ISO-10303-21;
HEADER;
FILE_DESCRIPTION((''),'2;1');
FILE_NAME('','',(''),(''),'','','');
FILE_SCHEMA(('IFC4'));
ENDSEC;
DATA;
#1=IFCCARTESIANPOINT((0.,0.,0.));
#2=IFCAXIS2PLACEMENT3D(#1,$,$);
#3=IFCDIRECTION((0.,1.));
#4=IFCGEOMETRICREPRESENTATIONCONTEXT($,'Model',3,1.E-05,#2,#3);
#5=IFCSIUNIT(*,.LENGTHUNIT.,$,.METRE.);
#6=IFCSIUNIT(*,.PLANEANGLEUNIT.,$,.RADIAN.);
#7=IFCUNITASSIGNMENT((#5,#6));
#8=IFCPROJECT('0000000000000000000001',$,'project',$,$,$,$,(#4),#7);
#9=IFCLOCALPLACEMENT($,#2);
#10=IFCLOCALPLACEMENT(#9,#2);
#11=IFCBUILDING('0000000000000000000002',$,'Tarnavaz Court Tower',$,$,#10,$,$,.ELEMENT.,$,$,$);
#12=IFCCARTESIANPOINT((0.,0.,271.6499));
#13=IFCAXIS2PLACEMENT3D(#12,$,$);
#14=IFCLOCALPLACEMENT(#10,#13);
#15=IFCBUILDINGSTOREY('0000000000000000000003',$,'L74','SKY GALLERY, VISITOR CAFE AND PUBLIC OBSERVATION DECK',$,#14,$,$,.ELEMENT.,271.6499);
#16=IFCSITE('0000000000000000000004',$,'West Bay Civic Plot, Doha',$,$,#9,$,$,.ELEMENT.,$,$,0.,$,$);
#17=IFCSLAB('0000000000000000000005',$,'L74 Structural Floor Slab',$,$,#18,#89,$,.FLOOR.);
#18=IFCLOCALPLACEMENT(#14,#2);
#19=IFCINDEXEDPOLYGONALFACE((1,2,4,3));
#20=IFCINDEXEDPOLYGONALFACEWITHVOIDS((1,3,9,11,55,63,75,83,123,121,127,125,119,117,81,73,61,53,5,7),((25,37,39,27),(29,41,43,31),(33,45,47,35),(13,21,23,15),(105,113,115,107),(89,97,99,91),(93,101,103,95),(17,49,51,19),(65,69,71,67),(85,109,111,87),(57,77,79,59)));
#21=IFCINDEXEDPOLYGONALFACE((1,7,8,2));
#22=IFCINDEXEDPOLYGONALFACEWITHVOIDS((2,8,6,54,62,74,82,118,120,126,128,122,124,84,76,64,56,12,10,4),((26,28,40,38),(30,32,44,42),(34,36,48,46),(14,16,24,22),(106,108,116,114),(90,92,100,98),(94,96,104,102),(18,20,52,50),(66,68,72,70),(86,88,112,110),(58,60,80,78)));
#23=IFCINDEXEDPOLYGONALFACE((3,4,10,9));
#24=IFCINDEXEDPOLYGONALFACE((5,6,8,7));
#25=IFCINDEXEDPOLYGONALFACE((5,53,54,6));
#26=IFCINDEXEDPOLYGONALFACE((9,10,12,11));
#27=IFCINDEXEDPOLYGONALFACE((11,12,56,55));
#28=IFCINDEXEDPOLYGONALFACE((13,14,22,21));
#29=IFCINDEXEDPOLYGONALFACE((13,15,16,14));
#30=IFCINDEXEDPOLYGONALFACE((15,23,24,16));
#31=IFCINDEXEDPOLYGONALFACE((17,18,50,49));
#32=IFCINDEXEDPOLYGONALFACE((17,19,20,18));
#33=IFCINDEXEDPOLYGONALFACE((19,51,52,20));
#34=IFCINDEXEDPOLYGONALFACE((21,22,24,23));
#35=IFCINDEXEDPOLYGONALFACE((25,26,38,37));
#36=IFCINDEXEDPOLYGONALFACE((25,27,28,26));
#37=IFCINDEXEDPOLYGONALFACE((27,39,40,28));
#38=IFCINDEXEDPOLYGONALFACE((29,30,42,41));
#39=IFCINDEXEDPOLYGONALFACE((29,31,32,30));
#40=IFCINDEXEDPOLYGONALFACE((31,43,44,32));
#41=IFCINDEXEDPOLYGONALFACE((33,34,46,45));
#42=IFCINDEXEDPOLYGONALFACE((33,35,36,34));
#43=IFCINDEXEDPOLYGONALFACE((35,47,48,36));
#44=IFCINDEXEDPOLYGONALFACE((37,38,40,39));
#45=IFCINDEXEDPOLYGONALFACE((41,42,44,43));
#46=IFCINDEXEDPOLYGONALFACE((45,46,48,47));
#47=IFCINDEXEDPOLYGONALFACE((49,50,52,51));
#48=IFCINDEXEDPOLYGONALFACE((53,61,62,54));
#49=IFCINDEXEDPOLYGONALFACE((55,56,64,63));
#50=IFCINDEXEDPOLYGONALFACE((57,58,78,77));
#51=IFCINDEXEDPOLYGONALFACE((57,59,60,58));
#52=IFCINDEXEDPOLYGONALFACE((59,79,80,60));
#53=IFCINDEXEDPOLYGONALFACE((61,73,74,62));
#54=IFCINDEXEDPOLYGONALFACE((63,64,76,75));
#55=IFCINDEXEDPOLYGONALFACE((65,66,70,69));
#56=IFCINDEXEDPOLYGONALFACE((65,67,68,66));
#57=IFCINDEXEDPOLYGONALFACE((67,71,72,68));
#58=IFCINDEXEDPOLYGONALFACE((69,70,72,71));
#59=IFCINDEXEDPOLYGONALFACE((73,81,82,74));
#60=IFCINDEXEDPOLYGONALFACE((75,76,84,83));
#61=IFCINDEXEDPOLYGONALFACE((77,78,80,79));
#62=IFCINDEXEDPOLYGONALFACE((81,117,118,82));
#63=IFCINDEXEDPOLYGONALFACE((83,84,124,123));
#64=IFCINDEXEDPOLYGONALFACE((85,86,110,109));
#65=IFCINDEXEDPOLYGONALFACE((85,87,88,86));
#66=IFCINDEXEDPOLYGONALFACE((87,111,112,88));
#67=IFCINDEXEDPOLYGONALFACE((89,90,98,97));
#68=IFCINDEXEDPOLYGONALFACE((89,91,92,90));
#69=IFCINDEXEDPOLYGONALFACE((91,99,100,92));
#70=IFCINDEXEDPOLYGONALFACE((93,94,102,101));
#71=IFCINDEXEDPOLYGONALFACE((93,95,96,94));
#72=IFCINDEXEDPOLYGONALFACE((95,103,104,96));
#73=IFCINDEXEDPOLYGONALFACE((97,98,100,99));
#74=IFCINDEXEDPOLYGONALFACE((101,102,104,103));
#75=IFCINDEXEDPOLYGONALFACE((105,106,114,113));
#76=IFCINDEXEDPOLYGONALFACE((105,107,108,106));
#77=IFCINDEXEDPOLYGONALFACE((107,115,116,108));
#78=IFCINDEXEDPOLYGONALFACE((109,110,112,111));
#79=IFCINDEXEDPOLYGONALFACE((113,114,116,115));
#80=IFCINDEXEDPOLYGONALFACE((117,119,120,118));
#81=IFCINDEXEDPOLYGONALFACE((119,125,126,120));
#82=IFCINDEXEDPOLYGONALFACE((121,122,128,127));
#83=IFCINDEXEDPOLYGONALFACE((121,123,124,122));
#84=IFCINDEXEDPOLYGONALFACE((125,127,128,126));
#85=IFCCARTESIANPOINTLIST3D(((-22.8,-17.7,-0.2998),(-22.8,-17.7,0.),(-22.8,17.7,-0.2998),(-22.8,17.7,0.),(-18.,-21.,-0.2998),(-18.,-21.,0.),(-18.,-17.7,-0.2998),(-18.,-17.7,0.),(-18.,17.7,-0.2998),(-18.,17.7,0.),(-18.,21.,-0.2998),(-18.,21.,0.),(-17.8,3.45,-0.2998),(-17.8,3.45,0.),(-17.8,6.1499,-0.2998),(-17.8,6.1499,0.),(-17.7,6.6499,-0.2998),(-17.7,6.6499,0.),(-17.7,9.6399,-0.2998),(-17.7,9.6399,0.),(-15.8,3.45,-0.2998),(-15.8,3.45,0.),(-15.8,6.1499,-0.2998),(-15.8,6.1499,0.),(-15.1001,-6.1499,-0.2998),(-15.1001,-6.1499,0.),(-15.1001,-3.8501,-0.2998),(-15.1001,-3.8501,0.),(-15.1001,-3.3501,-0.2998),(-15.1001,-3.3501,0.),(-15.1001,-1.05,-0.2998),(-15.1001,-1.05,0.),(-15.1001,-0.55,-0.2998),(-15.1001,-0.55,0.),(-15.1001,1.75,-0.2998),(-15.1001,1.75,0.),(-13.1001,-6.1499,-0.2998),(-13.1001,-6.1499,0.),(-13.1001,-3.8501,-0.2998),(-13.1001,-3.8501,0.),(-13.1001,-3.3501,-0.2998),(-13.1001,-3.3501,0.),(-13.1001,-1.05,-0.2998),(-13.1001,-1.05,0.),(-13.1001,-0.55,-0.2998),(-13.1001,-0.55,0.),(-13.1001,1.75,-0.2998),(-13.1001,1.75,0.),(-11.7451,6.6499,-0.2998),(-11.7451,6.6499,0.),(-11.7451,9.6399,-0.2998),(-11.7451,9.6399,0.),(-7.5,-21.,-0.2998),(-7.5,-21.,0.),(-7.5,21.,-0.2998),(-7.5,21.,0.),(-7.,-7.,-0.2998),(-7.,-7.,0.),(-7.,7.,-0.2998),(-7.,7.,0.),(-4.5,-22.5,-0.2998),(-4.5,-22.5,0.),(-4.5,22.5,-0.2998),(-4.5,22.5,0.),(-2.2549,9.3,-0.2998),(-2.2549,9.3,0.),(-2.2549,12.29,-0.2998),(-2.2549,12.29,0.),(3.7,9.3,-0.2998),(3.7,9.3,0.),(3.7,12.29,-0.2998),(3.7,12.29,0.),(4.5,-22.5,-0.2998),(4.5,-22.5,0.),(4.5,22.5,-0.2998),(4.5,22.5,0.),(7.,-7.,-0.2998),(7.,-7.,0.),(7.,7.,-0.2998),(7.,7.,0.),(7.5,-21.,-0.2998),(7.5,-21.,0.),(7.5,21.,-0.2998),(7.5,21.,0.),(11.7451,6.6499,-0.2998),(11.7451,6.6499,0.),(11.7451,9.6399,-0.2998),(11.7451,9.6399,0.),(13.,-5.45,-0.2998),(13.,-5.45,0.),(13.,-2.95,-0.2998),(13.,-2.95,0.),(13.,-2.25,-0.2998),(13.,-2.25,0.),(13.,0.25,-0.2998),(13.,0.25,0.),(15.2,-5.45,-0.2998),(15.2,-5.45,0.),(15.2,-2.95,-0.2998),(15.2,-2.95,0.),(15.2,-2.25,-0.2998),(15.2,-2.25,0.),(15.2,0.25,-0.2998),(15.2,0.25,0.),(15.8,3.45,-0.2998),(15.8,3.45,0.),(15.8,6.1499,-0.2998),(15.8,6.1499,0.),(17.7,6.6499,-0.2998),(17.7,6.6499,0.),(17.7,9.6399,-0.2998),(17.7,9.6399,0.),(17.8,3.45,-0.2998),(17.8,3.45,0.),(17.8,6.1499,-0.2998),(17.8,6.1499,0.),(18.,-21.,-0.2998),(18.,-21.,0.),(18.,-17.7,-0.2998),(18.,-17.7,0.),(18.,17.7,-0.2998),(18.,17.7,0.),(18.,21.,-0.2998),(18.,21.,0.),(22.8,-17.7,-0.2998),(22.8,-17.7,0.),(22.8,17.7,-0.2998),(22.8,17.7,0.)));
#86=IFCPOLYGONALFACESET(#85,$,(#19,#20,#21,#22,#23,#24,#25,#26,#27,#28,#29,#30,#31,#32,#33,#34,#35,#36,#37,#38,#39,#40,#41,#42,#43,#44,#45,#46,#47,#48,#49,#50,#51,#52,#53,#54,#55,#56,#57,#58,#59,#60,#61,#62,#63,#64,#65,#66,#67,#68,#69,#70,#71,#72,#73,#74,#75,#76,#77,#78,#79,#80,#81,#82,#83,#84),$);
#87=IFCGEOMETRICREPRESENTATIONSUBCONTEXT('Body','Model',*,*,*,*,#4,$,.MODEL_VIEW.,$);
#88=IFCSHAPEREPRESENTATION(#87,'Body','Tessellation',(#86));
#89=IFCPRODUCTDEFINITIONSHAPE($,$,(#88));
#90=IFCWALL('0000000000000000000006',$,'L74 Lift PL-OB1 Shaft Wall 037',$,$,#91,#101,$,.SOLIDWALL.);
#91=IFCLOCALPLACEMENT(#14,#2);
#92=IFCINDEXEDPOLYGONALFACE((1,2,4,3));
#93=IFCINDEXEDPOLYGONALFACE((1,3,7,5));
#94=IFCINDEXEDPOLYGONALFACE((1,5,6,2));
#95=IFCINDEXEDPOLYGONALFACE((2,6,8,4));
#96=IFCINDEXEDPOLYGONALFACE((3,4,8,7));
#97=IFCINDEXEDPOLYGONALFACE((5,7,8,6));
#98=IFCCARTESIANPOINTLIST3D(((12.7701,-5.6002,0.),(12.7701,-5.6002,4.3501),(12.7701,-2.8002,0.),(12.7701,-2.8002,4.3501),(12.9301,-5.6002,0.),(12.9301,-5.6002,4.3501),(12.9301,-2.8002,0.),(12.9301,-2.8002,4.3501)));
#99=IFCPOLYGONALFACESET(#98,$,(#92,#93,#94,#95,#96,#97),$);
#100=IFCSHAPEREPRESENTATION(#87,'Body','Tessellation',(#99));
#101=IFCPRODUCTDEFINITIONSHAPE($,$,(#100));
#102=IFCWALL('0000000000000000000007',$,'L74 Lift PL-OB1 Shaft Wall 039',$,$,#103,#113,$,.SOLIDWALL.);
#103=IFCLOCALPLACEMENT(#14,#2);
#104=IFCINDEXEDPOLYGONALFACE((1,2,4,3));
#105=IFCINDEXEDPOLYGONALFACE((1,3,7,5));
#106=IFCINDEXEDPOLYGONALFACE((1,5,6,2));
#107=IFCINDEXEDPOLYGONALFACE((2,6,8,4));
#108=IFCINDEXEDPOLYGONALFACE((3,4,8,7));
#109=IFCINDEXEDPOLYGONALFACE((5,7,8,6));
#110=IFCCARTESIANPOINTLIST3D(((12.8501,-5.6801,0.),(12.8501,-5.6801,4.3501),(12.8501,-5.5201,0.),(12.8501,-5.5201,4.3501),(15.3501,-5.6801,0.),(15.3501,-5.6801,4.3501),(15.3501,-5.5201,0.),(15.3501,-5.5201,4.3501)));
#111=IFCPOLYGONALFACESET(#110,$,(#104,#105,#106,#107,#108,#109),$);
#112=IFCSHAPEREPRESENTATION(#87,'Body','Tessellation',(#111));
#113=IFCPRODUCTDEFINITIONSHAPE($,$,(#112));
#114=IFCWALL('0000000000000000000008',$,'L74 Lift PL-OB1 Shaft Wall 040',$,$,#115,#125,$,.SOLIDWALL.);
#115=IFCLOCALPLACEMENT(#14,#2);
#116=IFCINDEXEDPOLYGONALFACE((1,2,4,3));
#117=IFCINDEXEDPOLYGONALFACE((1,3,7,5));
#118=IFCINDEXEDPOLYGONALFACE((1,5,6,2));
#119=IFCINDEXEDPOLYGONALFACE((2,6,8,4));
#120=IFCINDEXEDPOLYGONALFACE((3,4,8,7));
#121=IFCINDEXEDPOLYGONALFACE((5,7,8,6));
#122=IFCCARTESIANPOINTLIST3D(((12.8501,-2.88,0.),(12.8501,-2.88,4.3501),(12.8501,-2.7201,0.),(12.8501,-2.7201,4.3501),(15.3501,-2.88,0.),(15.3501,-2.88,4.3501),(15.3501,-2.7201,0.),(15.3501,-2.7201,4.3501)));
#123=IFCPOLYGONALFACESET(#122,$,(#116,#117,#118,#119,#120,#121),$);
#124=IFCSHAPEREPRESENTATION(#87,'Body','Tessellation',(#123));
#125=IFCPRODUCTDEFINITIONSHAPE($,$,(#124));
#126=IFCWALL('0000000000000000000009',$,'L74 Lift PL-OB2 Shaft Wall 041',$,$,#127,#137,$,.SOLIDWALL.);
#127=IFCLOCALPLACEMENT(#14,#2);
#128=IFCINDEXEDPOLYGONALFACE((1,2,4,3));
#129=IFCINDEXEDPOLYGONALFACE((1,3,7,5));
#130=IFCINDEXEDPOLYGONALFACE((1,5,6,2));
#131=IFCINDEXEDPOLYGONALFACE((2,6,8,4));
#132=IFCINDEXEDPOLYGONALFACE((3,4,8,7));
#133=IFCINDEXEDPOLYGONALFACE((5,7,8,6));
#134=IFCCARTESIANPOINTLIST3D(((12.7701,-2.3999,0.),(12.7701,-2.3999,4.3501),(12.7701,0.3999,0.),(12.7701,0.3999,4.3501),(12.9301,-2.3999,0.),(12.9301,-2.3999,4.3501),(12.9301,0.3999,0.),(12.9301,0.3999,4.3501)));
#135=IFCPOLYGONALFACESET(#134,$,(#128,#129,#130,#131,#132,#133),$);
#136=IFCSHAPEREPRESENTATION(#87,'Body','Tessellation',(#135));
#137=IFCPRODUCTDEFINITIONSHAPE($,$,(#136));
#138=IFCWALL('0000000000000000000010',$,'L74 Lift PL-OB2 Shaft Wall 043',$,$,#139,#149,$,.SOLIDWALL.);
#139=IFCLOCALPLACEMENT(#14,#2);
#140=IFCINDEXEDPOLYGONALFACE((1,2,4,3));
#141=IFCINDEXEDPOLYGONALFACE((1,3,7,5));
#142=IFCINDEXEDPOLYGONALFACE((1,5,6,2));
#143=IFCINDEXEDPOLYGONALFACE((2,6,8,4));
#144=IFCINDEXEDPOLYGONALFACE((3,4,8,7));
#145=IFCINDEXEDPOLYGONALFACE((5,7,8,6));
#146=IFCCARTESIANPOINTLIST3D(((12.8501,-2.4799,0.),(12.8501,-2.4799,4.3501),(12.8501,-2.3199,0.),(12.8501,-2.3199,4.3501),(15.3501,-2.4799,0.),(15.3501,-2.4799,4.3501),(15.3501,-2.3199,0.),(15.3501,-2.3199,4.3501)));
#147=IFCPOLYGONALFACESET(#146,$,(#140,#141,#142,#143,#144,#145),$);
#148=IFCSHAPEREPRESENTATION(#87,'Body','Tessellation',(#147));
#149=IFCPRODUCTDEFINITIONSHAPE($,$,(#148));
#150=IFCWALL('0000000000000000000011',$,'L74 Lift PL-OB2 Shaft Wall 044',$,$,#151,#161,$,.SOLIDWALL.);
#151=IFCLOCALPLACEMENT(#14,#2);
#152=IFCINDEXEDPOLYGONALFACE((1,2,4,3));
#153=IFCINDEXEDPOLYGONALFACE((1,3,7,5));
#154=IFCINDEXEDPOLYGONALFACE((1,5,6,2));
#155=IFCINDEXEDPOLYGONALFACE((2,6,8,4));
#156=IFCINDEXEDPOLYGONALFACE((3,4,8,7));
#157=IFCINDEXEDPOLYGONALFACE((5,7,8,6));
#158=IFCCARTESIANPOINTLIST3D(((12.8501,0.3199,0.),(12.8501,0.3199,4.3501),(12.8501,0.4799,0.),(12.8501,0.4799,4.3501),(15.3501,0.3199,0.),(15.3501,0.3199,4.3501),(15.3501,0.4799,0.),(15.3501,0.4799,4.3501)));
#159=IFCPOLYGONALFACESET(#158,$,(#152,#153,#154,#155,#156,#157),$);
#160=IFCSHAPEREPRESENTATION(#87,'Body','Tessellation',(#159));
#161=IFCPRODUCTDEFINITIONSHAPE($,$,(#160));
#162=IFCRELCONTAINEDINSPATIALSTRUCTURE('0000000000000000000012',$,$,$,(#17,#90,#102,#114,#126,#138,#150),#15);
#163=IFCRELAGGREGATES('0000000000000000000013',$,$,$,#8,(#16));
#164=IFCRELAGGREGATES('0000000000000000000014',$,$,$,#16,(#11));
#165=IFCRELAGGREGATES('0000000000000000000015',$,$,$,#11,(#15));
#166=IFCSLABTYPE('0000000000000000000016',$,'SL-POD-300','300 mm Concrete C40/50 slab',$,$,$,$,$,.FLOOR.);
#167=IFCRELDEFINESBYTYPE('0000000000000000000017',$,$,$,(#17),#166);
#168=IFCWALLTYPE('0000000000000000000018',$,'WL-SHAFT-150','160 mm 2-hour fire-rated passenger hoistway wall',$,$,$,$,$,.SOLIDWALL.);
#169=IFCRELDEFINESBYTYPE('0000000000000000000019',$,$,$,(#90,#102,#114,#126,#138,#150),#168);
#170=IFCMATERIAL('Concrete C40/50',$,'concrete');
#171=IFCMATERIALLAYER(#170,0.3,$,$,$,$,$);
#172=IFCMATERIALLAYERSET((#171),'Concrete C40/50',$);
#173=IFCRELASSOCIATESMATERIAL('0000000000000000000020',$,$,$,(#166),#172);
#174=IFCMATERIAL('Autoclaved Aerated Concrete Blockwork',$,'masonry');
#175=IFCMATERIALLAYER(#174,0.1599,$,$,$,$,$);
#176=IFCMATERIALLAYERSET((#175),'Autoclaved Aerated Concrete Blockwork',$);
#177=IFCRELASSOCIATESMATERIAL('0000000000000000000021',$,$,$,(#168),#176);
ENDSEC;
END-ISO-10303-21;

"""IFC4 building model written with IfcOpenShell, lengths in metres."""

from ifc_helpers import new_model, si_unit, direction, frame, frame_2d, origin, place, context, subcontext, project, spatial, polyline, rectangle, outline, extrude, material, layer, layer_set, type_object, element, save


model = new_model("IFC4")

# Units and contexts
model_context = context("Model", 3, precision=1e-05, world=origin(), true_north=direction((0.0, 1.0)))
body_context = subcontext(model_context, "Body", "Model", "MODEL_VIEW")
ifc_project = project(units=[si_unit("LENGTHUNIT", "METRE"), si_unit("PLANEANGLEUNIT", "RADIAN")], contexts=[model_context])

# Site, building, storey
site_placement = place(None, origin())
site = spatial("IfcSite", under=ifc_project, at=site_placement, Name="West Bay Civic Plot, Doha", CompositionType="ELEMENT", RefElevation=0.0)
building_placement = place(site_placement, origin())
building = spatial("IfcBuilding", under=site, at=building_placement, Name="Tarnavaz Court Tower", CompositionType="ELEMENT")
storey_placement = place(building_placement, frame((0.0, 0.0, 271.6499)))
storey = spatial("IfcBuildingStorey", under=building, at=storey_placement, Name="L74", Description="SKY GALLERY, VISITOR CAFE AND PUBLIC OBSERVATION DECK", CompositionType="ELEMENT", Elevation=271.6499)

# Shared definitions
ifc_material_1 = material(Name="Concrete C40/50", Category="concrete")

# Slab
ifc_layer_1 = layer(ifc_material_1, 0.3)
ifc_layer_set_1 = layer_set([ifc_layer_1], Name="Concrete C40/50")
slab_type_1 = type_object("IfcSlabType", Name="SL-POD-300", Description="300 mm Concrete C40/50 slab", PredefinedType="FLOOR", material=ifc_layer_set_1)
slab_1_placement = place(storey_placement, frame((0.0, 0.0, -0.2998)))
element("IfcSlab", 1, at=slab_1_placement, inside=storey, type_object=slab_type_1, Name="L74 Structural Floor Slab", PredefinedType="FLOOR", context=body_context, shape_type="SweptSolid", body=[
    extrude(outline(polyline([(-18.0, -21.0), (-7.5, -21.0), (-4.5, -22.5), (4.5, -22.5), (7.5, -21.0), (18.0, -21.0), (18.0, -17.7), (22.8, -17.7), (22.8, 17.7), (18.0, 17.7), (18.0, 21.0), (7.5, 21.0), (4.5, 22.5), (-4.5, 22.5), (-7.5, 21.0), (-18.0, 21.0), (-18.0, 17.7), (-22.8, 17.7), (-22.8, -17.7), (-18.0, -17.7), (-18.0, -21.0)]), holes=[polyline([(-7.0, -7.0), (7.0, -7.0), (7.0, 7.0), (-7.0, 7.0), (-7.0, -7.0)]), polyline([(-11.7451, 9.6399), (-17.7, 9.6399), (-17.7, 6.6499), (-11.7451, 6.6499), (-11.7451, 9.6399)]), polyline([(11.7451, 6.6499), (17.7, 6.6499), (17.7, 9.6399), (11.7451, 9.6399), (11.7451, 6.6499)]), polyline([(-2.2549, 9.3), (3.7, 9.3), (3.7, 12.29), (-2.2549, 12.29), (-2.2549, 9.3)]), polyline([(-17.8, 3.45), (-15.8, 3.45), (-15.8, 6.1499), (-17.8, 6.1499), (-17.8, 3.45)]), polyline([(-15.1001, -6.1499), (-13.1001, -6.1499), (-13.1001, -3.8501), (-15.1001, -3.8501), (-15.1001, -6.1499)]), polyline([(-15.1001, -3.3501), (-13.1001, -3.3501), (-13.1001, -1.05), (-15.1001, -1.05), (-15.1001, -3.3501)]), polyline([(-15.1001, -0.55), (-13.1001, -0.55), (-13.1001, 1.75), (-15.1001, 1.75), (-15.1001, -0.55)]), polyline([(15.8, 3.45), (17.8, 3.45), (17.8, 6.1499), (15.8, 6.1499), (15.8, 3.45)]), polyline([(13.0, -5.45), (15.2, -5.45), (15.2, -2.95), (13.0, -2.95), (13.0, -5.45)]), polyline([(13.0, -2.25), (15.2, -2.25), (15.2, 0.25), (13.0, 0.25), (13.0, -2.25)])]), origin(), (0.0, 0.0, 1.0), 0.2998),
])

# Walls
ifc_material_2 = material(Name="Autoclaved Aerated Concrete Blockwork", Category="masonry")
ifc_layer_2 = layer(ifc_material_2, 0.1599)
ifc_layer_set_2 = layer_set([ifc_layer_2], Name="Autoclaved Aerated Concrete Blockwork")
wall_type_1 = type_object("IfcWallType", Name="WL-SHAFT-150", Description="160 mm 2-hour fire-rated passenger hoistway wall", PredefinedType="SOLIDWALL", material=ifc_layer_set_2)
wall_1_placement = place(storey_placement, frame((12.8501, -5.6001, 0.0), z_axis=(0.0, 0.0, 1.0), x_axis=(0.0, 1.0, 0.0)))
element("IfcWall", 2, at=wall_1_placement, inside=storey, type_object=wall_type_1, Name="L74 Lift PL-OB1 Shaft Wall 037", PredefinedType="SOLIDWALL", context=body_context, shape_type="SweptSolid", body=[
    extrude(rectangle(XDim=2.8, YDim=0.1599, at=frame_2d((1.3999, 0.0))), origin(), (0.0, 0.0, 1.0), 4.3501),
])
for number, where, z_axis, x_axis, name in (
    (3, (12.8501, -5.6001, 0.0), (0.0, 0.0, 1.0), (1.0, 0.0, 0.0), "L74 Lift PL-OB1 Shaft Wall 039"),
    (4, (12.8501, -2.8, 0.0), (0.0, 0.0, 1.0), (1.0, 0.0, 0.0), "L74 Lift PL-OB1 Shaft Wall 040"),
):
    element("IfcWall", number, at=place(storey_placement, frame(where, z_axis=z_axis, x_axis=x_axis)), inside=storey, type_object=wall_type_1, Name=name, PredefinedType="SOLIDWALL", context=body_context, shape_type="SweptSolid", body=[
        extrude(rectangle(XDim=2.5, YDim=0.1599, at=frame_2d((1.25, 0.0))), origin(), (0.0, 0.0, 1.0), 4.3501),
    ])
wall_2_placement = place(storey_placement, frame((12.8501, -2.3999, 0.0), z_axis=(0.0, 0.0, 1.0), x_axis=(0.0, 1.0, 0.0)))
element("IfcWall", 5, at=wall_2_placement, inside=storey, type_object=wall_type_1, Name="L74 Lift PL-OB2 Shaft Wall 041", PredefinedType="SOLIDWALL", context=body_context, shape_type="SweptSolid", body=[
    extrude(rectangle(XDim=2.7998, YDim=0.1599, at=frame_2d((1.3999, 0.0))), origin(), (0.0, 0.0, 1.0), 4.3501),
])
for number, where, z_axis, x_axis, name in (
    (6, (12.8501, -2.3999, 0.0), (0.0, 0.0, 1.0), (1.0, 0.0, 0.0), "L74 Lift PL-OB2 Shaft Wall 043"),
    (7, (12.8501, 0.3999, 0.0), (0.0, 0.0, 1.0), (1.0, 0.0, 0.0), "L74 Lift PL-OB2 Shaft Wall 044"),
):
    element("IfcWall", number, at=place(storey_placement, frame(where, z_axis=z_axis, x_axis=x_axis)), inside=storey, type_object=wall_type_1, Name=name, PredefinedType="SOLIDWALL", context=body_context, shape_type="SweptSolid", body=[
        extrude(rectangle(XDim=2.5, YDim=0.1599, at=frame_2d((1.25, 0.0))), origin(), (0.0, 0.0, 1.0), 4.3501),
    ])

save(model, "model.ifc")
